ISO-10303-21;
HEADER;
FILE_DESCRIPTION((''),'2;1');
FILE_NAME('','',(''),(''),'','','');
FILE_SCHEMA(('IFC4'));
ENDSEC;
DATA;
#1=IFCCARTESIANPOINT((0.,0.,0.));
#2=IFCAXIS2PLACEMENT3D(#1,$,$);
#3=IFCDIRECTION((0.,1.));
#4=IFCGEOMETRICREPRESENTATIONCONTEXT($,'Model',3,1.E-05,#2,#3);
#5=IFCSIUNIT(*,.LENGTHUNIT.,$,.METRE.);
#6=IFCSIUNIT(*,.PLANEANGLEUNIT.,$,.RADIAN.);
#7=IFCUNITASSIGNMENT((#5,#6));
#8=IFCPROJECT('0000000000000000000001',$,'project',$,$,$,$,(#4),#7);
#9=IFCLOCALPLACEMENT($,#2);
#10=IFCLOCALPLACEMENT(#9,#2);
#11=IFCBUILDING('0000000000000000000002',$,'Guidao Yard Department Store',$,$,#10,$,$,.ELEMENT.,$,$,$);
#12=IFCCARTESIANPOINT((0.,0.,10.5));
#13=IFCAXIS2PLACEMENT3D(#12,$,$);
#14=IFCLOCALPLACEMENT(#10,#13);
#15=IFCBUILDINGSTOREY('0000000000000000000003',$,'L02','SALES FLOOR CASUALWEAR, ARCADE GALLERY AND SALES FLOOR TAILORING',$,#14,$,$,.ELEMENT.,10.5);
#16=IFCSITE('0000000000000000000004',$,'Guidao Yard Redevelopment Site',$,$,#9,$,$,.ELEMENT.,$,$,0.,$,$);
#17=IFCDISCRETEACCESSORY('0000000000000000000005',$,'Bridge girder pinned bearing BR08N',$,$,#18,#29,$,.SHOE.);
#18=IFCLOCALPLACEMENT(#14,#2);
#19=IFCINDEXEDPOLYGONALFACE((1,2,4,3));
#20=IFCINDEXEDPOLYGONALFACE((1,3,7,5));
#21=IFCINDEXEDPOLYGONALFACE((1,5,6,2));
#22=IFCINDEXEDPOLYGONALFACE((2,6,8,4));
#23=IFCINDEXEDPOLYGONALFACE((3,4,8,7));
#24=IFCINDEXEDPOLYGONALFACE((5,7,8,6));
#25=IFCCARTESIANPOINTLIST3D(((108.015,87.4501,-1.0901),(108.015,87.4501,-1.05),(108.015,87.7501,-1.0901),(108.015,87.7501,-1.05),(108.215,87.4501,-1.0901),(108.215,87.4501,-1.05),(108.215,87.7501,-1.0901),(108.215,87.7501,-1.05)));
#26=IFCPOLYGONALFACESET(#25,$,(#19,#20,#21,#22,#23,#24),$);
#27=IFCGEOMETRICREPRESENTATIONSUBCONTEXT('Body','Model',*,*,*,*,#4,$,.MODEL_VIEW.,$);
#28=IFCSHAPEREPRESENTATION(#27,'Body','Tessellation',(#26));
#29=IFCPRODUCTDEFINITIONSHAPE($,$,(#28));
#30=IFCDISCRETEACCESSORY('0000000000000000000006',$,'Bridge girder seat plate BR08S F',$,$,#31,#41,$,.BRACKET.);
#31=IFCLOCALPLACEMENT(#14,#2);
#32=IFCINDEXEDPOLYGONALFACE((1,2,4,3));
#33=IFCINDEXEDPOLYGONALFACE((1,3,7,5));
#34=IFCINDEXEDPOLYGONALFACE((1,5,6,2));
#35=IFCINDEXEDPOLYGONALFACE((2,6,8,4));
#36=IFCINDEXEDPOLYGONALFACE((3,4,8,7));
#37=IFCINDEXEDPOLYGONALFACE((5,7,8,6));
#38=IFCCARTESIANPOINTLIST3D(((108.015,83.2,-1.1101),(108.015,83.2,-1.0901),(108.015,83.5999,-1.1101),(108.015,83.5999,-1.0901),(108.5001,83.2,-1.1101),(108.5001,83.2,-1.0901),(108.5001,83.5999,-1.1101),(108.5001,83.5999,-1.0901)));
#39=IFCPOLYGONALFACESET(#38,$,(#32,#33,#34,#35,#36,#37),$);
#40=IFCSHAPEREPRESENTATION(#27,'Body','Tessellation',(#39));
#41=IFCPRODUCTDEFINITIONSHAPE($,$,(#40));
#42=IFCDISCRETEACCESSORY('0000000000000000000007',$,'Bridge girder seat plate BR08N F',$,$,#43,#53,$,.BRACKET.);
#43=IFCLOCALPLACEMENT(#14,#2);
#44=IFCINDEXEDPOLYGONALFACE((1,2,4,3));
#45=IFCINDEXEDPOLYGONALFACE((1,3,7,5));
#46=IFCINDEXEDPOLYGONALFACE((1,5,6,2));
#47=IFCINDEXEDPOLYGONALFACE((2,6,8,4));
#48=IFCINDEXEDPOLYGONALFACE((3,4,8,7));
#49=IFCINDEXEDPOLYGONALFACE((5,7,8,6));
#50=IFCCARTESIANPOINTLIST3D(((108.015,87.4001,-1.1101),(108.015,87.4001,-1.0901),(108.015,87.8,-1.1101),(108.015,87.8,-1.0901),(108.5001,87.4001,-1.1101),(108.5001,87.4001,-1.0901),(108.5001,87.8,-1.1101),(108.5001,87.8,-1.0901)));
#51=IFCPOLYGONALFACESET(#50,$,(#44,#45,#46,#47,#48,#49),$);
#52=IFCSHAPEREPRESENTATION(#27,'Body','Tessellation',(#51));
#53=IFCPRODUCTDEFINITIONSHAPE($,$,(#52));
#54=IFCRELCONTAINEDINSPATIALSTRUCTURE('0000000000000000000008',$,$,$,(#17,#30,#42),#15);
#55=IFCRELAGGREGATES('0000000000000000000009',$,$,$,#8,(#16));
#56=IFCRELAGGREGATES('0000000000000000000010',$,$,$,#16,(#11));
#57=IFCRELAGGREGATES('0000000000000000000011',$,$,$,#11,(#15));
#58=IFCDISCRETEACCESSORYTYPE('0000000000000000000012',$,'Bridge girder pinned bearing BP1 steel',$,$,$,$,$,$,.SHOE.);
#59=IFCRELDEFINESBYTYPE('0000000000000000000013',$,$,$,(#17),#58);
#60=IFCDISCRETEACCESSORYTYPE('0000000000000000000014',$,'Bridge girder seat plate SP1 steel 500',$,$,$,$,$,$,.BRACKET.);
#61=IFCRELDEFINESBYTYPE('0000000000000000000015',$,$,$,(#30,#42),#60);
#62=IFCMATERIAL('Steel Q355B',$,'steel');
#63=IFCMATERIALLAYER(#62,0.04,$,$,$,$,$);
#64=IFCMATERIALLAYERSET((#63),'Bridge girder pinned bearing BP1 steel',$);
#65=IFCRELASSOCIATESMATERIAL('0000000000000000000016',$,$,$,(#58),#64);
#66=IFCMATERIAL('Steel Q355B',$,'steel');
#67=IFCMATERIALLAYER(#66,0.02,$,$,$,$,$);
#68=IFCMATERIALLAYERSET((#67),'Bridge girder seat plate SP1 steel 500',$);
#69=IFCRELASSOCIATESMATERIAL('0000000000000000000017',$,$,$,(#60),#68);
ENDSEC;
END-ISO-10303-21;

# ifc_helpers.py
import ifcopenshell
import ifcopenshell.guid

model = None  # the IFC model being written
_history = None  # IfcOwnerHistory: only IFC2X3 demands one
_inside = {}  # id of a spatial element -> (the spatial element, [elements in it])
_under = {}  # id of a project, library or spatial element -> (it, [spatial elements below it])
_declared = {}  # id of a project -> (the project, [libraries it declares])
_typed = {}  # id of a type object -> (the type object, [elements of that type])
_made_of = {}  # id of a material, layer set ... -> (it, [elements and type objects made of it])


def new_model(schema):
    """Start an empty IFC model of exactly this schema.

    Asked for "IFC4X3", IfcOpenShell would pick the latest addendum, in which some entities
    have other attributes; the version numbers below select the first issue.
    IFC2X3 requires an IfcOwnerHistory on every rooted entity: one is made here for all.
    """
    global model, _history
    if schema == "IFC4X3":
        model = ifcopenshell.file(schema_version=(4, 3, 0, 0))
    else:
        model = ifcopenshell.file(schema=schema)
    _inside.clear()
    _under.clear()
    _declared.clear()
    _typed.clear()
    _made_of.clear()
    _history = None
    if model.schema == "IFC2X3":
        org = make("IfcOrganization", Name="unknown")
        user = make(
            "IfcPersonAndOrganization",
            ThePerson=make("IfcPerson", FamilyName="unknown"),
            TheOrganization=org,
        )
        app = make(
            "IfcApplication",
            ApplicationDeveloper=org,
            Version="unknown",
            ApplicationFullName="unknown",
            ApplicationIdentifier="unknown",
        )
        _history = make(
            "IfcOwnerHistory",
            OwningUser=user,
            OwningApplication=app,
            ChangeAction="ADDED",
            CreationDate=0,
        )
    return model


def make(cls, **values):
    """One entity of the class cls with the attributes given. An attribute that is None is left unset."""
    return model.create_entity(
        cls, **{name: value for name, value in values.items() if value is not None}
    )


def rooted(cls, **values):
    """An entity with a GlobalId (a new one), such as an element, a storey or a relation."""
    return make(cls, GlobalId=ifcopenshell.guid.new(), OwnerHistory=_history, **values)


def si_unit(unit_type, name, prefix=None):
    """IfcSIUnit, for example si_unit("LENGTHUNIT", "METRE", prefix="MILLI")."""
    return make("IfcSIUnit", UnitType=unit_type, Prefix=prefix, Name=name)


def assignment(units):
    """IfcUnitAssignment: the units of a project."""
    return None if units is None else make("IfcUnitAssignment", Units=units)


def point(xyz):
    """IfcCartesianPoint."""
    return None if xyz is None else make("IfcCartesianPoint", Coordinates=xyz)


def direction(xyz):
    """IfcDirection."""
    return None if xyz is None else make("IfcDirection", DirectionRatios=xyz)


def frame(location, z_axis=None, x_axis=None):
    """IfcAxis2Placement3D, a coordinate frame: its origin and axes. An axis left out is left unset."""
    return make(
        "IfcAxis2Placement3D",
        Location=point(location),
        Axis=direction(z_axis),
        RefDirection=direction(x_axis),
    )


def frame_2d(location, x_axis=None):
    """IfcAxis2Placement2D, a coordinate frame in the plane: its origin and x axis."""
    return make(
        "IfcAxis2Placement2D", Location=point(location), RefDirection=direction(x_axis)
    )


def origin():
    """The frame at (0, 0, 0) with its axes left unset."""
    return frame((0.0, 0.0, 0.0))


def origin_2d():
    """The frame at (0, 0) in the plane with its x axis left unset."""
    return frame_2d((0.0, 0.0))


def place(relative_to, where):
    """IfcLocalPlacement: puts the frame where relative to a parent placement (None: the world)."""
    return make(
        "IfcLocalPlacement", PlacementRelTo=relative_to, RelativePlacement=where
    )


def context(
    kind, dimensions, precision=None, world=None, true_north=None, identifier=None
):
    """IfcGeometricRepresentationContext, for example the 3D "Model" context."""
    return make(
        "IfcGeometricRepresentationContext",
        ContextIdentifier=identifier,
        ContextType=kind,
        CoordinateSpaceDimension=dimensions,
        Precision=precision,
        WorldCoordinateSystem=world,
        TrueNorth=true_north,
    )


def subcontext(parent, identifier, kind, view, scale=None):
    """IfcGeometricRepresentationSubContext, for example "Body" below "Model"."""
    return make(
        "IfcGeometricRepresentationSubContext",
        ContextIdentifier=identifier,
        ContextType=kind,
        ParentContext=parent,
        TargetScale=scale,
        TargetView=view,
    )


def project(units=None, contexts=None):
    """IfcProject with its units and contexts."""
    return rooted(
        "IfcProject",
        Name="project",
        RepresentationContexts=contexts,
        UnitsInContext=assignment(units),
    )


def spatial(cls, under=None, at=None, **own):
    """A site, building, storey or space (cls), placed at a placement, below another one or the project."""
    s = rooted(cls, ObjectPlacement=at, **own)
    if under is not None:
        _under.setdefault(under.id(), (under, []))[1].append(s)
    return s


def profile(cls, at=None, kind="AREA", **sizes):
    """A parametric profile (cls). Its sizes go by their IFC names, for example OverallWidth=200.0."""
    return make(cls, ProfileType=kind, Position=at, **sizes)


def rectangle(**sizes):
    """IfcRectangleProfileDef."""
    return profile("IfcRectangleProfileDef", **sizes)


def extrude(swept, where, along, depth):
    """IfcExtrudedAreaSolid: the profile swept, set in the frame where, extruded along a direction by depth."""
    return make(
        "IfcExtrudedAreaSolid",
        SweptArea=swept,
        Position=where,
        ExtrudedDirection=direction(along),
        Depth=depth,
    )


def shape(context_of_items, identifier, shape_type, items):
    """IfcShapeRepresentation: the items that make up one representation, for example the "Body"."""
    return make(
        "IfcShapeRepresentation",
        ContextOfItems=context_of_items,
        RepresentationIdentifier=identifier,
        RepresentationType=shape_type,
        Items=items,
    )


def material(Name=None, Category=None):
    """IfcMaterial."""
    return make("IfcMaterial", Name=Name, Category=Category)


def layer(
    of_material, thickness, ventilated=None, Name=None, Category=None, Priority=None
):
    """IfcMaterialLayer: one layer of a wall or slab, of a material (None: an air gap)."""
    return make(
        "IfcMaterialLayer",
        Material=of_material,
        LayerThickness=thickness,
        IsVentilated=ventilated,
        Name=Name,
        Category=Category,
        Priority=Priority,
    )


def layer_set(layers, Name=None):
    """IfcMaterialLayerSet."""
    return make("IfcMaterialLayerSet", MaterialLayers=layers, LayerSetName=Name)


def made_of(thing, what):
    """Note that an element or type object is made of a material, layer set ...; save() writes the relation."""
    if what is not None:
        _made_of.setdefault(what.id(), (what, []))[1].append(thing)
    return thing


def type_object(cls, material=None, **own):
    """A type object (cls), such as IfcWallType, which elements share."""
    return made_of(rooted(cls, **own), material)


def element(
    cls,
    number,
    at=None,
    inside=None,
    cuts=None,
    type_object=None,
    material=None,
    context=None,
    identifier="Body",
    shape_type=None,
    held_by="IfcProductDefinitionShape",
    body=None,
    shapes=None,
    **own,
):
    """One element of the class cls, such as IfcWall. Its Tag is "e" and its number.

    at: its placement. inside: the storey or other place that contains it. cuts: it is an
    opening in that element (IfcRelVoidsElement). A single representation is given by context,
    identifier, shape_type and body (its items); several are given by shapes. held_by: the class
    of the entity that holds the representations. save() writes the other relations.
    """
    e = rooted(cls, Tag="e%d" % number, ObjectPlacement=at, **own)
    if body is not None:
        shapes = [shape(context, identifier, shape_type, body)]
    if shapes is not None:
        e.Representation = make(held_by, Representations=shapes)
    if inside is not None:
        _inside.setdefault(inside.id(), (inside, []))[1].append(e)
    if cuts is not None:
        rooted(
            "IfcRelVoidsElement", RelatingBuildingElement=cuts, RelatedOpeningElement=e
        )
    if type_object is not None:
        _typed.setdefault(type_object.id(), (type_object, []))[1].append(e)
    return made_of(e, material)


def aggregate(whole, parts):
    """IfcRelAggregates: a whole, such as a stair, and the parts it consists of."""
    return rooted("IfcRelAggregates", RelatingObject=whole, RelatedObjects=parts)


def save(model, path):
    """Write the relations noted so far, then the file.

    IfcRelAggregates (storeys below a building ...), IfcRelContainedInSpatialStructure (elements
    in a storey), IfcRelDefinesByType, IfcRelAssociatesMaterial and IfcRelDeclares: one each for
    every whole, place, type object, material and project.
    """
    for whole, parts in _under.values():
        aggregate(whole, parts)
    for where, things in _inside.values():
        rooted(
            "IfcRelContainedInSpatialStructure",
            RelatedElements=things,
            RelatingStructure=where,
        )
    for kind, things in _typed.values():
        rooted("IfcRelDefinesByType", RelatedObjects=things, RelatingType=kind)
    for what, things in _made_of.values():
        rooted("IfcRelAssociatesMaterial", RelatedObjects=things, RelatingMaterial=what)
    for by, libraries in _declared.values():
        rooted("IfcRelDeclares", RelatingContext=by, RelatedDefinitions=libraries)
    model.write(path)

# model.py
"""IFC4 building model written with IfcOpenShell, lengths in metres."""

from ifc_helpers import new_model, si_unit, direction, frame, origin, origin_2d, place, context, subcontext, project, spatial, rectangle, extrude, material, layer, layer_set, type_object, element, save


model = new_model("IFC4")

# Units and contexts
model_context = context("Model", 3, precision=1e-05, world=origin(), true_north=direction((0.0, 1.0)))
body_context = subcontext(model_context, "Body", "Model", "MODEL_VIEW")
ifc_project = project(units=[si_unit("LENGTHUNIT", "METRE"), si_unit("PLANEANGLEUNIT", "RADIAN")], contexts=[model_context])

# Site, building, storey
site_placement = place(None, origin())
site = spatial("IfcSite", under=ifc_project, at=site_placement, Name="Guidao Yard Redevelopment Site", CompositionType="ELEMENT", RefElevation=0.0)
building_placement = place(site_placement, origin())
building = spatial("IfcBuilding", under=site, at=building_placement, Name="Guidao Yard Department Store", CompositionType="ELEMENT")
storey_placement = place(building_placement, frame((0.0, 0.0, 10.5)))
storey = spatial("IfcBuildingStorey", under=building, at=storey_placement, Name="L02", Description="SALES FLOOR CASUALWEAR, ARCADE GALLERY AND SALES FLOOR TAILORING", CompositionType="ELEMENT", Elevation=10.5)

# Discrete accessories
ifc_material_1 = material(Name="Steel Q355B", Category="steel")
ifc_layer_1 = layer(ifc_material_1, 0.04)
ifc_layer_set_1 = layer_set([ifc_layer_1], Name="Bridge girder pinned bearing BP1 steel")
discrete_accessory_type_1 = type_object("IfcDiscreteAccessoryType", Name="Bridge girder pinned bearing BP1 steel", PredefinedType="SHOE", material=ifc_layer_set_1)
for number, where, z_axis, x_axis, name in (
    (1, (108.115, 87.6001, -1.0901), (0.0, 0.0, 1.0), (1.0, 0.0, 0.0), "Bridge girder pinned bearing BR08N"),
):
    element("IfcDiscreteAccessory", number, at=place(storey_placement, frame(where, z_axis=z_axis, x_axis=x_axis)), inside=storey, type_object=discrete_accessory_type_1, Name=name, PredefinedType="SHOE", context=body_context, shape_type="SweptSolid", body=[
        extrude(rectangle(XDim=0.2, YDim=0.3, at=origin_2d()), origin(), (0.0, 0.0, 1.0), 0.04),
    ])
ifc_material_2 = material(Name="Steel Q355B", Category="steel")
ifc_layer_2 = layer(ifc_material_2, 0.02)
ifc_layer_set_2 = layer_set([ifc_layer_2], Name="Bridge girder seat plate SP1 steel 500")
discrete_accessory_type_2 = type_object("IfcDiscreteAccessoryType", Name="Bridge girder seat plate SP1 steel 500", PredefinedType="BRACKET", material=ifc_layer_set_2)
for number, where, z_axis, x_axis, name in (
    (2, (108.2576, 83.3999, -1.1101), (0.0, 0.0, 1.0), (1.0, 0.0, 0.0), "Bridge girder seat plate BR08S F"),
    (3, (108.2576, 87.6001, -1.1101), (0.0, 0.0, 1.0), (1.0, 0.0, 0.0), "Bridge girder seat plate BR08N F"),
):
    element("IfcDiscreteAccessory", number, at=place(storey_placement, frame(where, z_axis=z_axis, x_axis=x_axis)), inside=storey, type_object=discrete_accessory_type_2, Name=name, PredefinedType="BRACKET", context=body_context, shape_type="SweptSolid", body=[
        extrude(rectangle(XDim=0.4851, YDim=0.3999, at=origin_2d()), origin(), (0.0, 0.0, 1.0), 0.02),
    ])

save(model, "model.ifc")
